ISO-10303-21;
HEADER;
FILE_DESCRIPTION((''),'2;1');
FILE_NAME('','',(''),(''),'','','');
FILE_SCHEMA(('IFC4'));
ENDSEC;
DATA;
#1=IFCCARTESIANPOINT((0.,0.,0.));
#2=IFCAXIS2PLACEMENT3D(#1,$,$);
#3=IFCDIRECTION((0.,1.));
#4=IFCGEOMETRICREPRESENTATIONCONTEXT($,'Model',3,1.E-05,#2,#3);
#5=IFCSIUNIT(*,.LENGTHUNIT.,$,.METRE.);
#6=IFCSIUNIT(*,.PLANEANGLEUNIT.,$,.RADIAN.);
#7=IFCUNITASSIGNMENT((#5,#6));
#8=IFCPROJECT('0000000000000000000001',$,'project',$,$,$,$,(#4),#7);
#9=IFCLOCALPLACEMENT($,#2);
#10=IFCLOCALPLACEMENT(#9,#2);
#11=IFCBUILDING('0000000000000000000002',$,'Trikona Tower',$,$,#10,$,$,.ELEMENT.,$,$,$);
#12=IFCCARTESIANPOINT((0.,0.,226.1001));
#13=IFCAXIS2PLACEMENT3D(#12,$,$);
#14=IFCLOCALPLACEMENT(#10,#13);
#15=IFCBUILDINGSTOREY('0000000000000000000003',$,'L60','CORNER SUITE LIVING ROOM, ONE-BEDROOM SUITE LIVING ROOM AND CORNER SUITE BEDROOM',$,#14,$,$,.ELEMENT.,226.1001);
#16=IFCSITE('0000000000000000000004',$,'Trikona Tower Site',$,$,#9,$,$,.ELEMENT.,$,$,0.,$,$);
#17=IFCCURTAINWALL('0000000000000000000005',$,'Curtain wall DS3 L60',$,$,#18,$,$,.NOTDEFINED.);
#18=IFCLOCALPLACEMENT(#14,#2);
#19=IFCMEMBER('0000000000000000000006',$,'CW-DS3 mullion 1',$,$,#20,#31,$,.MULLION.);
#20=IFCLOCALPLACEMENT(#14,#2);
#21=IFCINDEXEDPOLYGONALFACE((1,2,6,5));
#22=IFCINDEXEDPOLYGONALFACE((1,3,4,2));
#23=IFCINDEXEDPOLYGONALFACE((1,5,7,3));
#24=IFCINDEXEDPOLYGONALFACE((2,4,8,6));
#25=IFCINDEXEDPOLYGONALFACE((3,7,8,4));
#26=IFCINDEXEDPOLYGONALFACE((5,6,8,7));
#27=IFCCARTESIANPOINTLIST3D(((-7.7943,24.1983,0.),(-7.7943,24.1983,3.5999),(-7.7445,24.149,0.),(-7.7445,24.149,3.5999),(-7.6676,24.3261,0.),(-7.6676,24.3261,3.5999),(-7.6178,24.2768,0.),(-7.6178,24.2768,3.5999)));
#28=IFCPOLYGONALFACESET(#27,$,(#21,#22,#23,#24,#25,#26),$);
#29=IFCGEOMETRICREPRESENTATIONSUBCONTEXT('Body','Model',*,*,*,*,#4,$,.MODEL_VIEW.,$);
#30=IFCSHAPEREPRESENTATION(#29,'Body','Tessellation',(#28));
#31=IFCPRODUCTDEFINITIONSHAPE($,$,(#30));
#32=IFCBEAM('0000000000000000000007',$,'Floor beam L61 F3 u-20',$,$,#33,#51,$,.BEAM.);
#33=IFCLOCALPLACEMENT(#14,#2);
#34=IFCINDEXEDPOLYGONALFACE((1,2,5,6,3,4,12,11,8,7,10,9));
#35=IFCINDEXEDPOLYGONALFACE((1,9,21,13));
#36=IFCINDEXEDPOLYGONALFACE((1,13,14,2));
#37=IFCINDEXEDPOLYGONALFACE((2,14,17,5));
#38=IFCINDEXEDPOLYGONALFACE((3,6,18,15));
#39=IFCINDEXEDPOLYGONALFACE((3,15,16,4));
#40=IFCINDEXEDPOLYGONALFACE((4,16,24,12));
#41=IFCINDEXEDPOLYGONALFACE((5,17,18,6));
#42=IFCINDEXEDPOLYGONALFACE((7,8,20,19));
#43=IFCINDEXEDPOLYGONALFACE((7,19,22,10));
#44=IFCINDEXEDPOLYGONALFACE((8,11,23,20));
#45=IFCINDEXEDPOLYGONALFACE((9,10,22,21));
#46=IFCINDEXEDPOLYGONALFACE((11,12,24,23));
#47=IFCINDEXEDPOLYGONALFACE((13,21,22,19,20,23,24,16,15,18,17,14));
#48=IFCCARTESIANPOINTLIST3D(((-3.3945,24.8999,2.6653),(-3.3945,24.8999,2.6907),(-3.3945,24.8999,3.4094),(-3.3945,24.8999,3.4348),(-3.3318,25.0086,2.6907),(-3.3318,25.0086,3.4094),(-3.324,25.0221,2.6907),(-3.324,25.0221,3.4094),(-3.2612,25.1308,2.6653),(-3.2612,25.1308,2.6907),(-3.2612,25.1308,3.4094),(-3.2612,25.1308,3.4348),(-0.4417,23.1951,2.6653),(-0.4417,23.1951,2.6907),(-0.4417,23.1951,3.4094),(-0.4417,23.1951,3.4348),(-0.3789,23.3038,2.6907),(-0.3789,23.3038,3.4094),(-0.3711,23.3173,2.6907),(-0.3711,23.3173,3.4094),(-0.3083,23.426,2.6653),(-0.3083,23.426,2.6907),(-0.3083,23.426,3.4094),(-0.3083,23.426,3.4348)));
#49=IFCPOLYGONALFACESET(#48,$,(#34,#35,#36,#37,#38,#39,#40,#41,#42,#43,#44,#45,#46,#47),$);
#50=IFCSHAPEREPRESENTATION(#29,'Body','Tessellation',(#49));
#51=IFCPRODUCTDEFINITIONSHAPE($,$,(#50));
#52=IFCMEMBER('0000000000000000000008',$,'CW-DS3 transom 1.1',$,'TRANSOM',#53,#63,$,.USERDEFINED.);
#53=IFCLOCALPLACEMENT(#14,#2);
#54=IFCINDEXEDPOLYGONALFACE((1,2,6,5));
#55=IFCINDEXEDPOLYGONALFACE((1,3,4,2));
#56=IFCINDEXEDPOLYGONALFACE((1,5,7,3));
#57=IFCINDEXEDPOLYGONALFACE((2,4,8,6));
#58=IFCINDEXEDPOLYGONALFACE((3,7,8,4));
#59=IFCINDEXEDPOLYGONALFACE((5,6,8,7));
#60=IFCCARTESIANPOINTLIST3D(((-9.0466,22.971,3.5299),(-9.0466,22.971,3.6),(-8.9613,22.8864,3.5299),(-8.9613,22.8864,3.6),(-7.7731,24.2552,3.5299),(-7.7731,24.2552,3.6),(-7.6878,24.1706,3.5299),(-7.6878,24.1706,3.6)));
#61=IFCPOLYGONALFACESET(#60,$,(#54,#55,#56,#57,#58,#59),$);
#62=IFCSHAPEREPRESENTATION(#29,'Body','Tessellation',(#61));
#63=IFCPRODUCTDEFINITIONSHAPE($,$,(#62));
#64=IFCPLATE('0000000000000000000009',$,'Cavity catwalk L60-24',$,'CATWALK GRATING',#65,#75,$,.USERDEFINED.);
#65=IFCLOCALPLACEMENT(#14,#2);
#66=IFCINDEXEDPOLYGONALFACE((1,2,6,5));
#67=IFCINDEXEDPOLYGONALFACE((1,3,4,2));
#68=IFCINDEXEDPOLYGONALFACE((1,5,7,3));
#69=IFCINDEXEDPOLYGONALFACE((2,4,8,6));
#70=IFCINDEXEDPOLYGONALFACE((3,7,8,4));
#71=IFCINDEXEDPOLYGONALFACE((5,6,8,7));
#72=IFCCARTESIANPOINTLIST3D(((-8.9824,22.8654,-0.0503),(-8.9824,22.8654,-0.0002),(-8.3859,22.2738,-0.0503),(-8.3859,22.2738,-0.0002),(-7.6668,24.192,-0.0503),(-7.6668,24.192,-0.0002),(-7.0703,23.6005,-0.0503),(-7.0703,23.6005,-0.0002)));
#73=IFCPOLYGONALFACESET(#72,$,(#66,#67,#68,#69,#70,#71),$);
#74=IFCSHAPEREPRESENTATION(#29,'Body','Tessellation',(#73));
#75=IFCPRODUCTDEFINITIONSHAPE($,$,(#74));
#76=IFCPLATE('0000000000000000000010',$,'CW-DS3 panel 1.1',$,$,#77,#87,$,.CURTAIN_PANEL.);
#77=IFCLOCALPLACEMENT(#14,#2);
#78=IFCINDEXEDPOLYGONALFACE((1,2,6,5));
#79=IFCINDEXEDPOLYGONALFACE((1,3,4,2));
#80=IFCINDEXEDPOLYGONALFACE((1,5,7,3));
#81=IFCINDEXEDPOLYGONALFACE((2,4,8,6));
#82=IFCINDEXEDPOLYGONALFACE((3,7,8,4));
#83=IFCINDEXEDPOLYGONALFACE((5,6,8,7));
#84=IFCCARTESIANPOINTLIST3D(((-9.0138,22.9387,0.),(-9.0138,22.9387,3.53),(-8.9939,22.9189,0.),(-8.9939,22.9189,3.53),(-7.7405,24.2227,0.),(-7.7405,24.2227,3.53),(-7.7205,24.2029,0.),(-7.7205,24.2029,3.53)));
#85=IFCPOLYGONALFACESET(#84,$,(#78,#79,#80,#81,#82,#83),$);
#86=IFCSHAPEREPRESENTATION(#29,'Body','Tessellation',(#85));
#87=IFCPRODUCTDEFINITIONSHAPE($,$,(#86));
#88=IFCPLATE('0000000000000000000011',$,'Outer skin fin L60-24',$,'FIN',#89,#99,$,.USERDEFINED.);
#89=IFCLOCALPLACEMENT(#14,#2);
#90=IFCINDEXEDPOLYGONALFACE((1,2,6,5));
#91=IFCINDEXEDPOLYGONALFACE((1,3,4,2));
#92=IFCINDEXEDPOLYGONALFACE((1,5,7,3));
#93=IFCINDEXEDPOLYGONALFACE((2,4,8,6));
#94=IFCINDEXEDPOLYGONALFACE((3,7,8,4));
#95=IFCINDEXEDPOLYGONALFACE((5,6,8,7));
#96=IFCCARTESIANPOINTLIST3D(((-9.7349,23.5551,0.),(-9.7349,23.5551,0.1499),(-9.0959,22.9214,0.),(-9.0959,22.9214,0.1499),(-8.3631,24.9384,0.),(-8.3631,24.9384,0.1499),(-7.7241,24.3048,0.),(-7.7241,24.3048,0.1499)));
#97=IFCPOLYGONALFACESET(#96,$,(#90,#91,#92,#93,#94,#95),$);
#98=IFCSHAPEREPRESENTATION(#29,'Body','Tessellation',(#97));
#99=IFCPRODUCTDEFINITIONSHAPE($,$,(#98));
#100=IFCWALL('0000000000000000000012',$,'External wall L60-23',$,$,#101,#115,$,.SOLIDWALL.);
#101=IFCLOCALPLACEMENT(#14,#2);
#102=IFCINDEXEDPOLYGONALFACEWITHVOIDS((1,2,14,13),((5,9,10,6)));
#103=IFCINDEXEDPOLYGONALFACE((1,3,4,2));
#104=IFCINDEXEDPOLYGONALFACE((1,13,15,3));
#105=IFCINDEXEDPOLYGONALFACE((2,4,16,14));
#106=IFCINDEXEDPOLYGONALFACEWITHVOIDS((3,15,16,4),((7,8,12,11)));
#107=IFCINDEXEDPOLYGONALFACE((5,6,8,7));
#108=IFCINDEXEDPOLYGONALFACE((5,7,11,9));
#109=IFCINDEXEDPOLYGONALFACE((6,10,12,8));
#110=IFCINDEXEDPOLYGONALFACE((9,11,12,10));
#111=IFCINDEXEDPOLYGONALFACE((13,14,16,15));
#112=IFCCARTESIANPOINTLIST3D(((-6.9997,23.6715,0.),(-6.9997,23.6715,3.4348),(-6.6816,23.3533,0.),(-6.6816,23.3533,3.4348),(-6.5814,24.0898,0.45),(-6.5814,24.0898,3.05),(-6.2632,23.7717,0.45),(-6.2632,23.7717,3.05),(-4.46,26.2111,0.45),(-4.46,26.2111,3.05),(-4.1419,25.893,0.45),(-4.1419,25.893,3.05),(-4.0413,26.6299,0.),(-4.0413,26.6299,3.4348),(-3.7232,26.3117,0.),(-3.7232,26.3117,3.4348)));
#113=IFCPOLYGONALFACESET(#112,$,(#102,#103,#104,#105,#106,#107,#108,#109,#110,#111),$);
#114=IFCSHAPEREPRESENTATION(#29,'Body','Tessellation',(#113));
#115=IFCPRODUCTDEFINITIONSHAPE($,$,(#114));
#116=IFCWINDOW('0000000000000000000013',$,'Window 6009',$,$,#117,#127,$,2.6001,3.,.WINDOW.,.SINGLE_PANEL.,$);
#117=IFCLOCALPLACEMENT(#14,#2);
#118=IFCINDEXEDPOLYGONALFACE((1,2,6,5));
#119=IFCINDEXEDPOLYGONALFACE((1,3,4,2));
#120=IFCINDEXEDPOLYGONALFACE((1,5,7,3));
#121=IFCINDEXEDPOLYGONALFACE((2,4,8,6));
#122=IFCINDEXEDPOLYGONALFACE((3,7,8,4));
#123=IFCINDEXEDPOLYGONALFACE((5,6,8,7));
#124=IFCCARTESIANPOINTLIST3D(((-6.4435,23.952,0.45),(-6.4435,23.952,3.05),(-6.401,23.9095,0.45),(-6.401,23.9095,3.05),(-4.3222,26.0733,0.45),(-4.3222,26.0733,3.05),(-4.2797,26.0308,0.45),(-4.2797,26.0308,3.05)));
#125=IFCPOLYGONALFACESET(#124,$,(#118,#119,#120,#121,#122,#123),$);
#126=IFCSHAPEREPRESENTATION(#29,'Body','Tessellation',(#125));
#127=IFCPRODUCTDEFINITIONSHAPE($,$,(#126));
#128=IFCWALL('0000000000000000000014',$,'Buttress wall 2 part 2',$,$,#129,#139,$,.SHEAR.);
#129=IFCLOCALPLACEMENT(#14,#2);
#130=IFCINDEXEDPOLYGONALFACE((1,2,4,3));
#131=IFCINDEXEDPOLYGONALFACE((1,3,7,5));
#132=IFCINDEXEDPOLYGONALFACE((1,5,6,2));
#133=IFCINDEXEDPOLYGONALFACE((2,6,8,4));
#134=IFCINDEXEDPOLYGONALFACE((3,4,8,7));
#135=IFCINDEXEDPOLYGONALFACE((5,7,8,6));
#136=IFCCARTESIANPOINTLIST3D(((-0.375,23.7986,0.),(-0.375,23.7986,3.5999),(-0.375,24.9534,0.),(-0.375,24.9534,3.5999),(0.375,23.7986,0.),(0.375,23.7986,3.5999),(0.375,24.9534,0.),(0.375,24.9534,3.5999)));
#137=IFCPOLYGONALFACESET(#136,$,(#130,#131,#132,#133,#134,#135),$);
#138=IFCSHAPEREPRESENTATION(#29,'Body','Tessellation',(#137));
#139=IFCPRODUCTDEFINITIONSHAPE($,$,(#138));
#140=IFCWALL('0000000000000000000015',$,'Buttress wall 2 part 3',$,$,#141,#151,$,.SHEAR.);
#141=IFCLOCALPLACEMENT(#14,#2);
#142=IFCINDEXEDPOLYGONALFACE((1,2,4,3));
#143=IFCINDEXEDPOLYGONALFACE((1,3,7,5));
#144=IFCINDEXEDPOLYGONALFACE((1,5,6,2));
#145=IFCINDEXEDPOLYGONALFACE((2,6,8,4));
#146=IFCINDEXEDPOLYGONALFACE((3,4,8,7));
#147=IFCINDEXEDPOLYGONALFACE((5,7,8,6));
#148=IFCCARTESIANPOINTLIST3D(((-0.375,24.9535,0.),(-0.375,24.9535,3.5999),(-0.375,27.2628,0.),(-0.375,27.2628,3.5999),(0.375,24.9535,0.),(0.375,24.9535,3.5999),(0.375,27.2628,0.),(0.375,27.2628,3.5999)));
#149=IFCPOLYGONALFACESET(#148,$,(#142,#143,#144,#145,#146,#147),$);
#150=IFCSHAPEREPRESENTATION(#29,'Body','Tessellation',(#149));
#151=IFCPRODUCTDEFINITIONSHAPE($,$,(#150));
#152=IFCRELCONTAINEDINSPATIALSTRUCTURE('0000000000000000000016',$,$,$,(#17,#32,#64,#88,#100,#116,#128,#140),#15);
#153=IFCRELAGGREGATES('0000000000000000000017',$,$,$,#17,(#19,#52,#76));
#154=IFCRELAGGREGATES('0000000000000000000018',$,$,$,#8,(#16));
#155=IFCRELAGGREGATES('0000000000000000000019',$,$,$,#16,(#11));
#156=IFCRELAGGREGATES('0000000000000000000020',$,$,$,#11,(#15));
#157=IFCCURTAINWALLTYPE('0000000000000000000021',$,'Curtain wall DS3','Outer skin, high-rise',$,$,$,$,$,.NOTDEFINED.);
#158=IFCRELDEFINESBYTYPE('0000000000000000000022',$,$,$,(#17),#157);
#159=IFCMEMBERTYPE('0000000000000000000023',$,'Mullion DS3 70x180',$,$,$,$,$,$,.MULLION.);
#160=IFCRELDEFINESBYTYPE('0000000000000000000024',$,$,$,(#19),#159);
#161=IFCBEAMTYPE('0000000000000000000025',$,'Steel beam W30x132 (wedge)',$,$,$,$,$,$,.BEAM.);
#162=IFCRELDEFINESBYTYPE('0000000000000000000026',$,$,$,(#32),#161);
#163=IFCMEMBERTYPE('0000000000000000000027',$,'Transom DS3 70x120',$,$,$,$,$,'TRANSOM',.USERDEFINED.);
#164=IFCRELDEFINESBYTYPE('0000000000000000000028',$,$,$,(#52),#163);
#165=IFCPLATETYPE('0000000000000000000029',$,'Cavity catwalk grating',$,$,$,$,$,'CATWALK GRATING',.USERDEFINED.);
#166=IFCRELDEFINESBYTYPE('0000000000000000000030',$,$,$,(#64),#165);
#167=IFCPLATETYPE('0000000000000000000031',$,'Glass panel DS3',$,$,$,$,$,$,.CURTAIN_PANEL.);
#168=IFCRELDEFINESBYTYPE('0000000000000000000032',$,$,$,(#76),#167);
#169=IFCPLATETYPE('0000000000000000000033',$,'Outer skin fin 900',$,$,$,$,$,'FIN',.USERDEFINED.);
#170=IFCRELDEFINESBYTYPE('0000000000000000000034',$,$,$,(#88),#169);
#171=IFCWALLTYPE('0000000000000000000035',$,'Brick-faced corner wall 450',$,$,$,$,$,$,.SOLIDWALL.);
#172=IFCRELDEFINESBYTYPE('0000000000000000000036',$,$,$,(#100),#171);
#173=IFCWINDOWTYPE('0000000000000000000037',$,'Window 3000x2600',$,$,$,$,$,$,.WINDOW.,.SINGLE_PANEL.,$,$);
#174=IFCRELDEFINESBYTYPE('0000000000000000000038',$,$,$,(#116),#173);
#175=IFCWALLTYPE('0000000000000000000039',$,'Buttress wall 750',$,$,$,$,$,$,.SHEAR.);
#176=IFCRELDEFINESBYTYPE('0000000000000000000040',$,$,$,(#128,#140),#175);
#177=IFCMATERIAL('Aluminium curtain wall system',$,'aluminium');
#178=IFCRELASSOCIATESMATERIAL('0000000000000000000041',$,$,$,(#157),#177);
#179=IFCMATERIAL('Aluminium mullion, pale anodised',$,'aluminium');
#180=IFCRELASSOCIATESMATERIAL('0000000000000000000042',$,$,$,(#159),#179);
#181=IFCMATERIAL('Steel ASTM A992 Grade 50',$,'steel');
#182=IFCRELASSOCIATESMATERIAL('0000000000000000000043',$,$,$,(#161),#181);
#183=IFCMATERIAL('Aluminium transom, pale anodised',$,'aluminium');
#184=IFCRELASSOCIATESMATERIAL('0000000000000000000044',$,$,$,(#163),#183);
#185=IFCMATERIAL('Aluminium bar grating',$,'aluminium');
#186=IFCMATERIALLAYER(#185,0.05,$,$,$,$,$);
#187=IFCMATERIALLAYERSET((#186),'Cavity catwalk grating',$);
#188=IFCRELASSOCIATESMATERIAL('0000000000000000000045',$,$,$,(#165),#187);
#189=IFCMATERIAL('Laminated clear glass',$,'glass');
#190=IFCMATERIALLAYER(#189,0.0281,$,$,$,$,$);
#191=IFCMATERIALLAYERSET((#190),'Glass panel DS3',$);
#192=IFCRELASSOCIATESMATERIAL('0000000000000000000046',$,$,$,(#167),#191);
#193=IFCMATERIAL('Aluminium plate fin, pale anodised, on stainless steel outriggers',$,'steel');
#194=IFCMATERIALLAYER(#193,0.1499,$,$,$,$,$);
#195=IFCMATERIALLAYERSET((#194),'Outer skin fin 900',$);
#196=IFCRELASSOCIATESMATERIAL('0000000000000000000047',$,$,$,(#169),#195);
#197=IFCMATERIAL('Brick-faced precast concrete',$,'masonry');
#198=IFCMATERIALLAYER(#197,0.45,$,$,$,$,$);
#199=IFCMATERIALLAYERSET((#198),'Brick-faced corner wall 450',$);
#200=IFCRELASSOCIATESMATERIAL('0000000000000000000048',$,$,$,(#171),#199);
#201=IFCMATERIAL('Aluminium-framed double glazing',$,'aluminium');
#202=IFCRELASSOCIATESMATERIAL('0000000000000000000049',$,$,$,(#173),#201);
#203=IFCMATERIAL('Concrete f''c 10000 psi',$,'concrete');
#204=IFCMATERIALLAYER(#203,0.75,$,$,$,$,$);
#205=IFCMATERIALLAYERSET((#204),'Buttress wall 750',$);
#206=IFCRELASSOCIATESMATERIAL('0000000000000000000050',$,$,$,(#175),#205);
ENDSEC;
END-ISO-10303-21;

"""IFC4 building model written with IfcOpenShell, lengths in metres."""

from ifc_helpers import new_model, si_unit, direction, frame, frame_2d, origin, origin_2d, place, context, subcontext, project, spatial, rectangle, i_section, extrude, material, layer, layer_set, material_profile, profile_set, type_object, element, fill, aggregate, save


model = new_model("IFC4")

# Units and contexts
model_context = context("Model", 3, precision=1e-05, world=origin(), true_north=direction((0.0, 1.0)))
body_context = subcontext(model_context, "Body", "Model", "MODEL_VIEW")
ifc_project = project(units=[si_unit("LENGTHUNIT", "METRE"), si_unit("PLANEANGLEUNIT", "RADIAN")], contexts=[model_context])

# Site, building, storey
site_placement = place(None, origin())
site = spatial("IfcSite", under=ifc_project, at=site_placement, Name="Trikona Tower Site", CompositionType="ELEMENT", RefElevation=0.0)
building_placement = place(site_placement, origin())
building = spatial("IfcBuilding", under=site, at=building_placement, Name="Trikona Tower", CompositionType="ELEMENT")
storey_placement = place(building_placement, frame((0.0, 0.0, 226.1001)))
storey = spatial("IfcBuildingStorey", under=building, at=storey_placement, Name="L60", Description="CORNER SUITE LIVING ROOM, ONE-BEDROOM SUITE LIVING ROOM AND CORNER SUITE BEDROOM", CompositionType="ELEMENT", Elevation=226.1001)

# Curtain wall, member
ifc_material_1 = material(Name="Aluminium curtain wall system", Category="aluminium")
curtain_wall_type = type_object("IfcCurtainWallType", Name="Curtain wall DS3", Description="Outer skin, high-rise", PredefinedType="NOTDEFINED", material=ifc_material_1)
curtain_wall_placement = place(storey_placement, origin())
curtain_wall = element("IfcCurtainWall", 1, at=curtain_wall_placement, inside=storey, type_object=curtain_wall_type, Name="Curtain wall DS3 L60", PredefinedType="NOTDEFINED")
ifc_material_2 = material(Name="Aluminium mullion, pale anodised", Category="aluminium")
ifc_material_profile_1 = material_profile(ifc_material_2, rectangle(XDim=0.0701, YDim=0.1799, at=origin_2d()), Name="MUL-DS3")
ifc_profile_set_1 = profile_set([ifc_material_profile_1], Name="Aluminium mullion, pale anodised")
member_type_1 = type_object("IfcMemberType", Name="Mullion DS3 70x180", PredefinedType="MULLION", material=ifc_profile_set_1)
member_1_placement = place(storey_placement, frame((-7.7061, 24.2375, 0.0), z_axis=(0.0, 0.0, 1.0), x_axis=(0.710052, -0.704149, 0.0)))
member_1 = element("IfcMember", 2, at=member_1_placement, type_object=member_type_1, Name="CW-DS3 mullion 1", PredefinedType="MULLION", context=body_context, shape_type="SweptSolid", body=[
    extrude(rectangle(XDim=0.0701, YDim=0.1799, at=origin_2d()), origin(), (0.0, 0.0, 1.0), 3.5999),
])

# Beam
ifc_material_3 = material(Name="Steel ASTM A992 Grade 50", Category="steel")
ifc_material_profile_2 = material_profile(ifc_material_3, i_section(OverallWidth=0.2666, OverallDepth=0.7695, WebThickness=0.0156, FlangeThickness=0.0254, at=origin_2d()), Name="W30X132")
ifc_profile_set_2 = profile_set([ifc_material_profile_2], Name="Steel ASTM A992 Grade 50")
beam_type = type_object("IfcBeamType", Name="Steel beam W30x132 (wedge)", PredefinedType="BEAM", material=ifc_profile_set_2)
beam_placement = place(storey_placement, frame((-0.375, 23.3105, 3.05), z_axis=(-0.866027, 0.499997, 0.0), x_axis=(-0.499997, -0.866027, 0.0)))
element("IfcBeam", 3, at=beam_placement, inside=storey, type_object=beam_type, Name="Floor beam L61 F3 u-20", PredefinedType="BEAM", context=body_context, shape_type="SweptSolid", body=[
    extrude(i_section(OverallWidth=0.2666, OverallDepth=0.7695, WebThickness=0.0156, FlangeThickness=0.0254, at=origin_2d()), origin(), (0.0, 0.0, 1.0), 3.4097),
])

# Member
ifc_material_4 = material(Name="Aluminium transom, pale anodised", Category="aluminium")
ifc_material_profile_3 = material_profile(ifc_material_4, rectangle(XDim=0.1201, YDim=0.0701, at=origin_2d()), Name="TRN-DS3")
ifc_profile_set_3 = profile_set([ifc_material_profile_3], Name="Aluminium transom, pale anodised")
member_type_2 = type_object("IfcMemberType", Name="Transom DS3 70x120", ElementType="TRANSOM", PredefinedType="USERDEFINED", material=ifc_profile_set_3)
member_2_placement = place(storey_placement, frame((-7.7305, 24.2129, 3.5649), z_axis=(-0.704131, -0.71007, 0.0), x_axis=(0.71007, -0.704131, 0.0)))
member_2 = element("IfcMember", 4, at=member_2_placement, type_object=member_type_2, Name="CW-DS3 transom 1.1", ObjectType="TRANSOM", PredefinedType="USERDEFINED", context=body_context, shape_type="SweptSolid", body=[
    extrude(rectangle(XDim=0.1201, YDim=0.0701, at=origin_2d()), origin(), (0.0, 0.0, 1.0), 1.8086),
])

# Plates
ifc_material_5 = material(Name="Aluminium bar grating", Category="aluminium")
ifc_layer_1 = layer(ifc_material_5, 0.05)
ifc_layer_set_1 = layer_set([ifc_layer_1], Name="Cavity catwalk grating")
plate_type_1 = type_object("IfcPlateType", Name="Cavity catwalk grating", ElementType="CATWALK GRATING", PredefinedType="USERDEFINED", material=ifc_layer_set_1)
plate_1_placement = place(storey_placement, frame((-8.0264, 23.2329, -0.0503), z_axis=(0.0, 0.0, 1.0), x_axis=(-0.704151, -0.71005, 0.0)))
element("IfcPlate", 5, at=plate_1_placement, inside=storey, type_object=plate_type_1, Name="Cavity catwalk L60-24", ObjectType="CATWALK GRATING", PredefinedType="USERDEFINED", context=body_context, shape_type="SweptSolid", body=[
    extrude(rectangle(XDim=1.8684, YDim=0.8401, at=origin_2d()), origin(), (0.0, 0.0, 1.0), 0.05),
])
ifc_material_6 = material(Name="Laminated clear glass", Category="glass")
ifc_layer_2 = layer(ifc_material_6, 0.0281)
ifc_layer_set_2 = layer_set([ifc_layer_2], Name="Glass panel DS3")
plate_type_2 = type_object("IfcPlateType", Name="Glass panel DS3", PredefinedType="CURTAIN_PANEL", material=ifc_layer_set_2)
plate_2_placement = place(storey_placement, frame((-8.3672, 23.5708, 0.0), z_axis=(0.0, 0.0, 1.0), x_axis=(-0.704149, -0.710052, 0.0)))
plate_2 = element("IfcPlate", 6, at=plate_2_placement, type_object=plate_type_2, Name="CW-DS3 panel 1.1", PredefinedType="CURTAIN_PANEL", context=body_context, shape_type="SweptSolid", body=[
    extrude(rectangle(XDim=1.8083, YDim=0.0281, at=origin_2d()), origin(), (0.0, 0.0, 1.0), 3.53),
])
aggregate(curtain_wall, [member_1, member_2, plate_2])
ifc_material_7 = material(Name="Aluminium plate fin, pale anodised, on stainless steel outriggers", Category="steel")
ifc_layer_3 = layer(ifc_material_7, 0.1499)
ifc_layer_set_3 = layer_set([ifc_layer_3], Name="Outer skin fin 900")
plate_type_3 = type_object("IfcPlateType", Name="Outer skin fin 900", ElementType="FIN", PredefinedType="USERDEFINED", material=ifc_layer_set_3)
plate_3_placement = place(storey_placement, frame((-8.7295, 23.9299, 0.0), z_axis=(0.0, 0.0, 1.0), x_axis=(-0.704151, -0.71005, 0.0)))
element("IfcPlate", 7, at=plate_3_placement, inside=storey, type_object=plate_type_3, Name="Outer skin fin L60-24", ObjectType="FIN", PredefinedType="USERDEFINED", context=body_context, shape_type="SweptSolid", body=[
    extrude(rectangle(XDim=1.9482, YDim=0.8999, at=origin_2d()), origin(), (0.0, 0.0, 1.0), 0.1499),
])

# Wall, opening, window
ifc_material_8 = material(Name="Brick-faced precast concrete", Category="masonry")
ifc_layer_4 = layer(ifc_material_8, 0.45)
ifc_layer_set_4 = layer_set([ifc_layer_4], Name="Brick-faced corner wall 450")
wall_type_1 = type_object("IfcWallType", Name="Brick-faced corner wall 450", PredefinedType="SOLIDWALL", material=ifc_layer_set_4)
wall_1_placement = place(storey_placement, frame((-3.8823, 26.4707, 0.0), z_axis=(0.0, 0.0, 1.0), x_axis=(-0.707107, -0.707107, 0.0)))
wall_1 = element("IfcWall", 8, at=wall_1_placement, inside=storey, type_object=wall_type_1, Name="External wall L60-23", PredefinedType="SOLIDWALL", context=body_context, shape_type="SweptSolid", body=[
    extrude(rectangle(XDim=4.1838, YDim=0.45, at=frame_2d((2.0918, 0.0))), origin(), (0.0, 0.0, 1.0), 3.4348),
])
opening_1_placement = place(wall_1_placement, frame((0.592, 0.0, 0.45)))
opening_1 = element("IfcOpeningElement", 9, at=opening_1_placement, cuts=wall_1, PredefinedType="OPENING", context=body_context, shape_type="SweptSolid", body=[
    extrude(rectangle(XDim=3.0, YDim=2.6001, at=frame_2d((1.5, 1.3))), frame((0.0, 0.2349, 0.0), z_axis=(0.0, -1.0, 0.0), x_axis=(1.0, 0.0, 0.0)), (0.0, 0.0, 1.0), 0.47),
])
ifc_material_9 = material(Name="Aluminium-framed double glazing", Category="aluminium")
window_type = type_object("IfcWindowType", Name="Window 3000x2600", PartitioningType="SINGLE_PANEL", PredefinedType="WINDOW", material=ifc_material_9)
window_placement = place(opening_1_placement, origin())
window = element("IfcWindow", 10, at=window_placement, inside=storey, type_object=window_type, Name="Window 6009", OverallHeight=2.6001, OverallWidth=3.0, PartitioningType="SINGLE_PANEL", PredefinedType="WINDOW", context=body_context, shape_type="SweptSolid", body=[
    extrude(rectangle(XDim=3.0, YDim=2.6001, at=frame_2d((1.5, 1.3))), frame((0.0, 0.03, 0.0), z_axis=(0.0, -1.0, 0.0), x_axis=(1.0, 0.0, 0.0)), (0.0, 0.0, 1.0), 0.0601),
])
fill(opening_1, window)

# Walls
ifc_material_10 = material(Name="Concrete f'c 10000 psi", Category="concrete")
ifc_layer_5 = layer(ifc_material_10, 0.75)
ifc_layer_set_5 = layer_set([ifc_layer_5], Name="Buttress wall 750")
wall_type_2 = type_object("IfcWallType", Name="Buttress wall 750", PredefinedType="SHEAR", material=ifc_layer_set_5)
wall_2_placement = place(storey_placement, frame((0.0, 23.7986, 0.0), z_axis=(0.0, 0.0, 1.0), x_axis=(0.0, 1.0, 0.0)))
element("IfcWall", 11, at=wall_2_placement, inside=storey, type_object=wall_type_2, Name="Buttress wall 2 part 2", PredefinedType="SHEAR", context=body_context, shape_type="SweptSolid", body=[
    extrude(rectangle(XDim=1.1548, YDim=0.75, at=frame_2d((0.5774, 0.0))), origin(), (0.0, 0.0, 1.0), 3.5999),
])
wall_3_placement = place(storey_placement, frame((0.0, 24.9534, 0.0), z_axis=(0.0, 0.0, 1.0), x_axis=(0.0, 1.0, 0.0)))
element("IfcWall", 12, at=wall_3_placement, inside=storey, type_object=wall_type_2, Name="Buttress wall 2 part 3", PredefinedType="SHEAR", context=body_context, shape_type="SweptSolid", body=[
    extrude(rectangle(XDim=2.3093, YDim=0.75, at=frame_2d((1.1548, 0.0))), origin(), (0.0, 0.0, 1.0), 3.5999),
])

save(model, "model.ifc")
